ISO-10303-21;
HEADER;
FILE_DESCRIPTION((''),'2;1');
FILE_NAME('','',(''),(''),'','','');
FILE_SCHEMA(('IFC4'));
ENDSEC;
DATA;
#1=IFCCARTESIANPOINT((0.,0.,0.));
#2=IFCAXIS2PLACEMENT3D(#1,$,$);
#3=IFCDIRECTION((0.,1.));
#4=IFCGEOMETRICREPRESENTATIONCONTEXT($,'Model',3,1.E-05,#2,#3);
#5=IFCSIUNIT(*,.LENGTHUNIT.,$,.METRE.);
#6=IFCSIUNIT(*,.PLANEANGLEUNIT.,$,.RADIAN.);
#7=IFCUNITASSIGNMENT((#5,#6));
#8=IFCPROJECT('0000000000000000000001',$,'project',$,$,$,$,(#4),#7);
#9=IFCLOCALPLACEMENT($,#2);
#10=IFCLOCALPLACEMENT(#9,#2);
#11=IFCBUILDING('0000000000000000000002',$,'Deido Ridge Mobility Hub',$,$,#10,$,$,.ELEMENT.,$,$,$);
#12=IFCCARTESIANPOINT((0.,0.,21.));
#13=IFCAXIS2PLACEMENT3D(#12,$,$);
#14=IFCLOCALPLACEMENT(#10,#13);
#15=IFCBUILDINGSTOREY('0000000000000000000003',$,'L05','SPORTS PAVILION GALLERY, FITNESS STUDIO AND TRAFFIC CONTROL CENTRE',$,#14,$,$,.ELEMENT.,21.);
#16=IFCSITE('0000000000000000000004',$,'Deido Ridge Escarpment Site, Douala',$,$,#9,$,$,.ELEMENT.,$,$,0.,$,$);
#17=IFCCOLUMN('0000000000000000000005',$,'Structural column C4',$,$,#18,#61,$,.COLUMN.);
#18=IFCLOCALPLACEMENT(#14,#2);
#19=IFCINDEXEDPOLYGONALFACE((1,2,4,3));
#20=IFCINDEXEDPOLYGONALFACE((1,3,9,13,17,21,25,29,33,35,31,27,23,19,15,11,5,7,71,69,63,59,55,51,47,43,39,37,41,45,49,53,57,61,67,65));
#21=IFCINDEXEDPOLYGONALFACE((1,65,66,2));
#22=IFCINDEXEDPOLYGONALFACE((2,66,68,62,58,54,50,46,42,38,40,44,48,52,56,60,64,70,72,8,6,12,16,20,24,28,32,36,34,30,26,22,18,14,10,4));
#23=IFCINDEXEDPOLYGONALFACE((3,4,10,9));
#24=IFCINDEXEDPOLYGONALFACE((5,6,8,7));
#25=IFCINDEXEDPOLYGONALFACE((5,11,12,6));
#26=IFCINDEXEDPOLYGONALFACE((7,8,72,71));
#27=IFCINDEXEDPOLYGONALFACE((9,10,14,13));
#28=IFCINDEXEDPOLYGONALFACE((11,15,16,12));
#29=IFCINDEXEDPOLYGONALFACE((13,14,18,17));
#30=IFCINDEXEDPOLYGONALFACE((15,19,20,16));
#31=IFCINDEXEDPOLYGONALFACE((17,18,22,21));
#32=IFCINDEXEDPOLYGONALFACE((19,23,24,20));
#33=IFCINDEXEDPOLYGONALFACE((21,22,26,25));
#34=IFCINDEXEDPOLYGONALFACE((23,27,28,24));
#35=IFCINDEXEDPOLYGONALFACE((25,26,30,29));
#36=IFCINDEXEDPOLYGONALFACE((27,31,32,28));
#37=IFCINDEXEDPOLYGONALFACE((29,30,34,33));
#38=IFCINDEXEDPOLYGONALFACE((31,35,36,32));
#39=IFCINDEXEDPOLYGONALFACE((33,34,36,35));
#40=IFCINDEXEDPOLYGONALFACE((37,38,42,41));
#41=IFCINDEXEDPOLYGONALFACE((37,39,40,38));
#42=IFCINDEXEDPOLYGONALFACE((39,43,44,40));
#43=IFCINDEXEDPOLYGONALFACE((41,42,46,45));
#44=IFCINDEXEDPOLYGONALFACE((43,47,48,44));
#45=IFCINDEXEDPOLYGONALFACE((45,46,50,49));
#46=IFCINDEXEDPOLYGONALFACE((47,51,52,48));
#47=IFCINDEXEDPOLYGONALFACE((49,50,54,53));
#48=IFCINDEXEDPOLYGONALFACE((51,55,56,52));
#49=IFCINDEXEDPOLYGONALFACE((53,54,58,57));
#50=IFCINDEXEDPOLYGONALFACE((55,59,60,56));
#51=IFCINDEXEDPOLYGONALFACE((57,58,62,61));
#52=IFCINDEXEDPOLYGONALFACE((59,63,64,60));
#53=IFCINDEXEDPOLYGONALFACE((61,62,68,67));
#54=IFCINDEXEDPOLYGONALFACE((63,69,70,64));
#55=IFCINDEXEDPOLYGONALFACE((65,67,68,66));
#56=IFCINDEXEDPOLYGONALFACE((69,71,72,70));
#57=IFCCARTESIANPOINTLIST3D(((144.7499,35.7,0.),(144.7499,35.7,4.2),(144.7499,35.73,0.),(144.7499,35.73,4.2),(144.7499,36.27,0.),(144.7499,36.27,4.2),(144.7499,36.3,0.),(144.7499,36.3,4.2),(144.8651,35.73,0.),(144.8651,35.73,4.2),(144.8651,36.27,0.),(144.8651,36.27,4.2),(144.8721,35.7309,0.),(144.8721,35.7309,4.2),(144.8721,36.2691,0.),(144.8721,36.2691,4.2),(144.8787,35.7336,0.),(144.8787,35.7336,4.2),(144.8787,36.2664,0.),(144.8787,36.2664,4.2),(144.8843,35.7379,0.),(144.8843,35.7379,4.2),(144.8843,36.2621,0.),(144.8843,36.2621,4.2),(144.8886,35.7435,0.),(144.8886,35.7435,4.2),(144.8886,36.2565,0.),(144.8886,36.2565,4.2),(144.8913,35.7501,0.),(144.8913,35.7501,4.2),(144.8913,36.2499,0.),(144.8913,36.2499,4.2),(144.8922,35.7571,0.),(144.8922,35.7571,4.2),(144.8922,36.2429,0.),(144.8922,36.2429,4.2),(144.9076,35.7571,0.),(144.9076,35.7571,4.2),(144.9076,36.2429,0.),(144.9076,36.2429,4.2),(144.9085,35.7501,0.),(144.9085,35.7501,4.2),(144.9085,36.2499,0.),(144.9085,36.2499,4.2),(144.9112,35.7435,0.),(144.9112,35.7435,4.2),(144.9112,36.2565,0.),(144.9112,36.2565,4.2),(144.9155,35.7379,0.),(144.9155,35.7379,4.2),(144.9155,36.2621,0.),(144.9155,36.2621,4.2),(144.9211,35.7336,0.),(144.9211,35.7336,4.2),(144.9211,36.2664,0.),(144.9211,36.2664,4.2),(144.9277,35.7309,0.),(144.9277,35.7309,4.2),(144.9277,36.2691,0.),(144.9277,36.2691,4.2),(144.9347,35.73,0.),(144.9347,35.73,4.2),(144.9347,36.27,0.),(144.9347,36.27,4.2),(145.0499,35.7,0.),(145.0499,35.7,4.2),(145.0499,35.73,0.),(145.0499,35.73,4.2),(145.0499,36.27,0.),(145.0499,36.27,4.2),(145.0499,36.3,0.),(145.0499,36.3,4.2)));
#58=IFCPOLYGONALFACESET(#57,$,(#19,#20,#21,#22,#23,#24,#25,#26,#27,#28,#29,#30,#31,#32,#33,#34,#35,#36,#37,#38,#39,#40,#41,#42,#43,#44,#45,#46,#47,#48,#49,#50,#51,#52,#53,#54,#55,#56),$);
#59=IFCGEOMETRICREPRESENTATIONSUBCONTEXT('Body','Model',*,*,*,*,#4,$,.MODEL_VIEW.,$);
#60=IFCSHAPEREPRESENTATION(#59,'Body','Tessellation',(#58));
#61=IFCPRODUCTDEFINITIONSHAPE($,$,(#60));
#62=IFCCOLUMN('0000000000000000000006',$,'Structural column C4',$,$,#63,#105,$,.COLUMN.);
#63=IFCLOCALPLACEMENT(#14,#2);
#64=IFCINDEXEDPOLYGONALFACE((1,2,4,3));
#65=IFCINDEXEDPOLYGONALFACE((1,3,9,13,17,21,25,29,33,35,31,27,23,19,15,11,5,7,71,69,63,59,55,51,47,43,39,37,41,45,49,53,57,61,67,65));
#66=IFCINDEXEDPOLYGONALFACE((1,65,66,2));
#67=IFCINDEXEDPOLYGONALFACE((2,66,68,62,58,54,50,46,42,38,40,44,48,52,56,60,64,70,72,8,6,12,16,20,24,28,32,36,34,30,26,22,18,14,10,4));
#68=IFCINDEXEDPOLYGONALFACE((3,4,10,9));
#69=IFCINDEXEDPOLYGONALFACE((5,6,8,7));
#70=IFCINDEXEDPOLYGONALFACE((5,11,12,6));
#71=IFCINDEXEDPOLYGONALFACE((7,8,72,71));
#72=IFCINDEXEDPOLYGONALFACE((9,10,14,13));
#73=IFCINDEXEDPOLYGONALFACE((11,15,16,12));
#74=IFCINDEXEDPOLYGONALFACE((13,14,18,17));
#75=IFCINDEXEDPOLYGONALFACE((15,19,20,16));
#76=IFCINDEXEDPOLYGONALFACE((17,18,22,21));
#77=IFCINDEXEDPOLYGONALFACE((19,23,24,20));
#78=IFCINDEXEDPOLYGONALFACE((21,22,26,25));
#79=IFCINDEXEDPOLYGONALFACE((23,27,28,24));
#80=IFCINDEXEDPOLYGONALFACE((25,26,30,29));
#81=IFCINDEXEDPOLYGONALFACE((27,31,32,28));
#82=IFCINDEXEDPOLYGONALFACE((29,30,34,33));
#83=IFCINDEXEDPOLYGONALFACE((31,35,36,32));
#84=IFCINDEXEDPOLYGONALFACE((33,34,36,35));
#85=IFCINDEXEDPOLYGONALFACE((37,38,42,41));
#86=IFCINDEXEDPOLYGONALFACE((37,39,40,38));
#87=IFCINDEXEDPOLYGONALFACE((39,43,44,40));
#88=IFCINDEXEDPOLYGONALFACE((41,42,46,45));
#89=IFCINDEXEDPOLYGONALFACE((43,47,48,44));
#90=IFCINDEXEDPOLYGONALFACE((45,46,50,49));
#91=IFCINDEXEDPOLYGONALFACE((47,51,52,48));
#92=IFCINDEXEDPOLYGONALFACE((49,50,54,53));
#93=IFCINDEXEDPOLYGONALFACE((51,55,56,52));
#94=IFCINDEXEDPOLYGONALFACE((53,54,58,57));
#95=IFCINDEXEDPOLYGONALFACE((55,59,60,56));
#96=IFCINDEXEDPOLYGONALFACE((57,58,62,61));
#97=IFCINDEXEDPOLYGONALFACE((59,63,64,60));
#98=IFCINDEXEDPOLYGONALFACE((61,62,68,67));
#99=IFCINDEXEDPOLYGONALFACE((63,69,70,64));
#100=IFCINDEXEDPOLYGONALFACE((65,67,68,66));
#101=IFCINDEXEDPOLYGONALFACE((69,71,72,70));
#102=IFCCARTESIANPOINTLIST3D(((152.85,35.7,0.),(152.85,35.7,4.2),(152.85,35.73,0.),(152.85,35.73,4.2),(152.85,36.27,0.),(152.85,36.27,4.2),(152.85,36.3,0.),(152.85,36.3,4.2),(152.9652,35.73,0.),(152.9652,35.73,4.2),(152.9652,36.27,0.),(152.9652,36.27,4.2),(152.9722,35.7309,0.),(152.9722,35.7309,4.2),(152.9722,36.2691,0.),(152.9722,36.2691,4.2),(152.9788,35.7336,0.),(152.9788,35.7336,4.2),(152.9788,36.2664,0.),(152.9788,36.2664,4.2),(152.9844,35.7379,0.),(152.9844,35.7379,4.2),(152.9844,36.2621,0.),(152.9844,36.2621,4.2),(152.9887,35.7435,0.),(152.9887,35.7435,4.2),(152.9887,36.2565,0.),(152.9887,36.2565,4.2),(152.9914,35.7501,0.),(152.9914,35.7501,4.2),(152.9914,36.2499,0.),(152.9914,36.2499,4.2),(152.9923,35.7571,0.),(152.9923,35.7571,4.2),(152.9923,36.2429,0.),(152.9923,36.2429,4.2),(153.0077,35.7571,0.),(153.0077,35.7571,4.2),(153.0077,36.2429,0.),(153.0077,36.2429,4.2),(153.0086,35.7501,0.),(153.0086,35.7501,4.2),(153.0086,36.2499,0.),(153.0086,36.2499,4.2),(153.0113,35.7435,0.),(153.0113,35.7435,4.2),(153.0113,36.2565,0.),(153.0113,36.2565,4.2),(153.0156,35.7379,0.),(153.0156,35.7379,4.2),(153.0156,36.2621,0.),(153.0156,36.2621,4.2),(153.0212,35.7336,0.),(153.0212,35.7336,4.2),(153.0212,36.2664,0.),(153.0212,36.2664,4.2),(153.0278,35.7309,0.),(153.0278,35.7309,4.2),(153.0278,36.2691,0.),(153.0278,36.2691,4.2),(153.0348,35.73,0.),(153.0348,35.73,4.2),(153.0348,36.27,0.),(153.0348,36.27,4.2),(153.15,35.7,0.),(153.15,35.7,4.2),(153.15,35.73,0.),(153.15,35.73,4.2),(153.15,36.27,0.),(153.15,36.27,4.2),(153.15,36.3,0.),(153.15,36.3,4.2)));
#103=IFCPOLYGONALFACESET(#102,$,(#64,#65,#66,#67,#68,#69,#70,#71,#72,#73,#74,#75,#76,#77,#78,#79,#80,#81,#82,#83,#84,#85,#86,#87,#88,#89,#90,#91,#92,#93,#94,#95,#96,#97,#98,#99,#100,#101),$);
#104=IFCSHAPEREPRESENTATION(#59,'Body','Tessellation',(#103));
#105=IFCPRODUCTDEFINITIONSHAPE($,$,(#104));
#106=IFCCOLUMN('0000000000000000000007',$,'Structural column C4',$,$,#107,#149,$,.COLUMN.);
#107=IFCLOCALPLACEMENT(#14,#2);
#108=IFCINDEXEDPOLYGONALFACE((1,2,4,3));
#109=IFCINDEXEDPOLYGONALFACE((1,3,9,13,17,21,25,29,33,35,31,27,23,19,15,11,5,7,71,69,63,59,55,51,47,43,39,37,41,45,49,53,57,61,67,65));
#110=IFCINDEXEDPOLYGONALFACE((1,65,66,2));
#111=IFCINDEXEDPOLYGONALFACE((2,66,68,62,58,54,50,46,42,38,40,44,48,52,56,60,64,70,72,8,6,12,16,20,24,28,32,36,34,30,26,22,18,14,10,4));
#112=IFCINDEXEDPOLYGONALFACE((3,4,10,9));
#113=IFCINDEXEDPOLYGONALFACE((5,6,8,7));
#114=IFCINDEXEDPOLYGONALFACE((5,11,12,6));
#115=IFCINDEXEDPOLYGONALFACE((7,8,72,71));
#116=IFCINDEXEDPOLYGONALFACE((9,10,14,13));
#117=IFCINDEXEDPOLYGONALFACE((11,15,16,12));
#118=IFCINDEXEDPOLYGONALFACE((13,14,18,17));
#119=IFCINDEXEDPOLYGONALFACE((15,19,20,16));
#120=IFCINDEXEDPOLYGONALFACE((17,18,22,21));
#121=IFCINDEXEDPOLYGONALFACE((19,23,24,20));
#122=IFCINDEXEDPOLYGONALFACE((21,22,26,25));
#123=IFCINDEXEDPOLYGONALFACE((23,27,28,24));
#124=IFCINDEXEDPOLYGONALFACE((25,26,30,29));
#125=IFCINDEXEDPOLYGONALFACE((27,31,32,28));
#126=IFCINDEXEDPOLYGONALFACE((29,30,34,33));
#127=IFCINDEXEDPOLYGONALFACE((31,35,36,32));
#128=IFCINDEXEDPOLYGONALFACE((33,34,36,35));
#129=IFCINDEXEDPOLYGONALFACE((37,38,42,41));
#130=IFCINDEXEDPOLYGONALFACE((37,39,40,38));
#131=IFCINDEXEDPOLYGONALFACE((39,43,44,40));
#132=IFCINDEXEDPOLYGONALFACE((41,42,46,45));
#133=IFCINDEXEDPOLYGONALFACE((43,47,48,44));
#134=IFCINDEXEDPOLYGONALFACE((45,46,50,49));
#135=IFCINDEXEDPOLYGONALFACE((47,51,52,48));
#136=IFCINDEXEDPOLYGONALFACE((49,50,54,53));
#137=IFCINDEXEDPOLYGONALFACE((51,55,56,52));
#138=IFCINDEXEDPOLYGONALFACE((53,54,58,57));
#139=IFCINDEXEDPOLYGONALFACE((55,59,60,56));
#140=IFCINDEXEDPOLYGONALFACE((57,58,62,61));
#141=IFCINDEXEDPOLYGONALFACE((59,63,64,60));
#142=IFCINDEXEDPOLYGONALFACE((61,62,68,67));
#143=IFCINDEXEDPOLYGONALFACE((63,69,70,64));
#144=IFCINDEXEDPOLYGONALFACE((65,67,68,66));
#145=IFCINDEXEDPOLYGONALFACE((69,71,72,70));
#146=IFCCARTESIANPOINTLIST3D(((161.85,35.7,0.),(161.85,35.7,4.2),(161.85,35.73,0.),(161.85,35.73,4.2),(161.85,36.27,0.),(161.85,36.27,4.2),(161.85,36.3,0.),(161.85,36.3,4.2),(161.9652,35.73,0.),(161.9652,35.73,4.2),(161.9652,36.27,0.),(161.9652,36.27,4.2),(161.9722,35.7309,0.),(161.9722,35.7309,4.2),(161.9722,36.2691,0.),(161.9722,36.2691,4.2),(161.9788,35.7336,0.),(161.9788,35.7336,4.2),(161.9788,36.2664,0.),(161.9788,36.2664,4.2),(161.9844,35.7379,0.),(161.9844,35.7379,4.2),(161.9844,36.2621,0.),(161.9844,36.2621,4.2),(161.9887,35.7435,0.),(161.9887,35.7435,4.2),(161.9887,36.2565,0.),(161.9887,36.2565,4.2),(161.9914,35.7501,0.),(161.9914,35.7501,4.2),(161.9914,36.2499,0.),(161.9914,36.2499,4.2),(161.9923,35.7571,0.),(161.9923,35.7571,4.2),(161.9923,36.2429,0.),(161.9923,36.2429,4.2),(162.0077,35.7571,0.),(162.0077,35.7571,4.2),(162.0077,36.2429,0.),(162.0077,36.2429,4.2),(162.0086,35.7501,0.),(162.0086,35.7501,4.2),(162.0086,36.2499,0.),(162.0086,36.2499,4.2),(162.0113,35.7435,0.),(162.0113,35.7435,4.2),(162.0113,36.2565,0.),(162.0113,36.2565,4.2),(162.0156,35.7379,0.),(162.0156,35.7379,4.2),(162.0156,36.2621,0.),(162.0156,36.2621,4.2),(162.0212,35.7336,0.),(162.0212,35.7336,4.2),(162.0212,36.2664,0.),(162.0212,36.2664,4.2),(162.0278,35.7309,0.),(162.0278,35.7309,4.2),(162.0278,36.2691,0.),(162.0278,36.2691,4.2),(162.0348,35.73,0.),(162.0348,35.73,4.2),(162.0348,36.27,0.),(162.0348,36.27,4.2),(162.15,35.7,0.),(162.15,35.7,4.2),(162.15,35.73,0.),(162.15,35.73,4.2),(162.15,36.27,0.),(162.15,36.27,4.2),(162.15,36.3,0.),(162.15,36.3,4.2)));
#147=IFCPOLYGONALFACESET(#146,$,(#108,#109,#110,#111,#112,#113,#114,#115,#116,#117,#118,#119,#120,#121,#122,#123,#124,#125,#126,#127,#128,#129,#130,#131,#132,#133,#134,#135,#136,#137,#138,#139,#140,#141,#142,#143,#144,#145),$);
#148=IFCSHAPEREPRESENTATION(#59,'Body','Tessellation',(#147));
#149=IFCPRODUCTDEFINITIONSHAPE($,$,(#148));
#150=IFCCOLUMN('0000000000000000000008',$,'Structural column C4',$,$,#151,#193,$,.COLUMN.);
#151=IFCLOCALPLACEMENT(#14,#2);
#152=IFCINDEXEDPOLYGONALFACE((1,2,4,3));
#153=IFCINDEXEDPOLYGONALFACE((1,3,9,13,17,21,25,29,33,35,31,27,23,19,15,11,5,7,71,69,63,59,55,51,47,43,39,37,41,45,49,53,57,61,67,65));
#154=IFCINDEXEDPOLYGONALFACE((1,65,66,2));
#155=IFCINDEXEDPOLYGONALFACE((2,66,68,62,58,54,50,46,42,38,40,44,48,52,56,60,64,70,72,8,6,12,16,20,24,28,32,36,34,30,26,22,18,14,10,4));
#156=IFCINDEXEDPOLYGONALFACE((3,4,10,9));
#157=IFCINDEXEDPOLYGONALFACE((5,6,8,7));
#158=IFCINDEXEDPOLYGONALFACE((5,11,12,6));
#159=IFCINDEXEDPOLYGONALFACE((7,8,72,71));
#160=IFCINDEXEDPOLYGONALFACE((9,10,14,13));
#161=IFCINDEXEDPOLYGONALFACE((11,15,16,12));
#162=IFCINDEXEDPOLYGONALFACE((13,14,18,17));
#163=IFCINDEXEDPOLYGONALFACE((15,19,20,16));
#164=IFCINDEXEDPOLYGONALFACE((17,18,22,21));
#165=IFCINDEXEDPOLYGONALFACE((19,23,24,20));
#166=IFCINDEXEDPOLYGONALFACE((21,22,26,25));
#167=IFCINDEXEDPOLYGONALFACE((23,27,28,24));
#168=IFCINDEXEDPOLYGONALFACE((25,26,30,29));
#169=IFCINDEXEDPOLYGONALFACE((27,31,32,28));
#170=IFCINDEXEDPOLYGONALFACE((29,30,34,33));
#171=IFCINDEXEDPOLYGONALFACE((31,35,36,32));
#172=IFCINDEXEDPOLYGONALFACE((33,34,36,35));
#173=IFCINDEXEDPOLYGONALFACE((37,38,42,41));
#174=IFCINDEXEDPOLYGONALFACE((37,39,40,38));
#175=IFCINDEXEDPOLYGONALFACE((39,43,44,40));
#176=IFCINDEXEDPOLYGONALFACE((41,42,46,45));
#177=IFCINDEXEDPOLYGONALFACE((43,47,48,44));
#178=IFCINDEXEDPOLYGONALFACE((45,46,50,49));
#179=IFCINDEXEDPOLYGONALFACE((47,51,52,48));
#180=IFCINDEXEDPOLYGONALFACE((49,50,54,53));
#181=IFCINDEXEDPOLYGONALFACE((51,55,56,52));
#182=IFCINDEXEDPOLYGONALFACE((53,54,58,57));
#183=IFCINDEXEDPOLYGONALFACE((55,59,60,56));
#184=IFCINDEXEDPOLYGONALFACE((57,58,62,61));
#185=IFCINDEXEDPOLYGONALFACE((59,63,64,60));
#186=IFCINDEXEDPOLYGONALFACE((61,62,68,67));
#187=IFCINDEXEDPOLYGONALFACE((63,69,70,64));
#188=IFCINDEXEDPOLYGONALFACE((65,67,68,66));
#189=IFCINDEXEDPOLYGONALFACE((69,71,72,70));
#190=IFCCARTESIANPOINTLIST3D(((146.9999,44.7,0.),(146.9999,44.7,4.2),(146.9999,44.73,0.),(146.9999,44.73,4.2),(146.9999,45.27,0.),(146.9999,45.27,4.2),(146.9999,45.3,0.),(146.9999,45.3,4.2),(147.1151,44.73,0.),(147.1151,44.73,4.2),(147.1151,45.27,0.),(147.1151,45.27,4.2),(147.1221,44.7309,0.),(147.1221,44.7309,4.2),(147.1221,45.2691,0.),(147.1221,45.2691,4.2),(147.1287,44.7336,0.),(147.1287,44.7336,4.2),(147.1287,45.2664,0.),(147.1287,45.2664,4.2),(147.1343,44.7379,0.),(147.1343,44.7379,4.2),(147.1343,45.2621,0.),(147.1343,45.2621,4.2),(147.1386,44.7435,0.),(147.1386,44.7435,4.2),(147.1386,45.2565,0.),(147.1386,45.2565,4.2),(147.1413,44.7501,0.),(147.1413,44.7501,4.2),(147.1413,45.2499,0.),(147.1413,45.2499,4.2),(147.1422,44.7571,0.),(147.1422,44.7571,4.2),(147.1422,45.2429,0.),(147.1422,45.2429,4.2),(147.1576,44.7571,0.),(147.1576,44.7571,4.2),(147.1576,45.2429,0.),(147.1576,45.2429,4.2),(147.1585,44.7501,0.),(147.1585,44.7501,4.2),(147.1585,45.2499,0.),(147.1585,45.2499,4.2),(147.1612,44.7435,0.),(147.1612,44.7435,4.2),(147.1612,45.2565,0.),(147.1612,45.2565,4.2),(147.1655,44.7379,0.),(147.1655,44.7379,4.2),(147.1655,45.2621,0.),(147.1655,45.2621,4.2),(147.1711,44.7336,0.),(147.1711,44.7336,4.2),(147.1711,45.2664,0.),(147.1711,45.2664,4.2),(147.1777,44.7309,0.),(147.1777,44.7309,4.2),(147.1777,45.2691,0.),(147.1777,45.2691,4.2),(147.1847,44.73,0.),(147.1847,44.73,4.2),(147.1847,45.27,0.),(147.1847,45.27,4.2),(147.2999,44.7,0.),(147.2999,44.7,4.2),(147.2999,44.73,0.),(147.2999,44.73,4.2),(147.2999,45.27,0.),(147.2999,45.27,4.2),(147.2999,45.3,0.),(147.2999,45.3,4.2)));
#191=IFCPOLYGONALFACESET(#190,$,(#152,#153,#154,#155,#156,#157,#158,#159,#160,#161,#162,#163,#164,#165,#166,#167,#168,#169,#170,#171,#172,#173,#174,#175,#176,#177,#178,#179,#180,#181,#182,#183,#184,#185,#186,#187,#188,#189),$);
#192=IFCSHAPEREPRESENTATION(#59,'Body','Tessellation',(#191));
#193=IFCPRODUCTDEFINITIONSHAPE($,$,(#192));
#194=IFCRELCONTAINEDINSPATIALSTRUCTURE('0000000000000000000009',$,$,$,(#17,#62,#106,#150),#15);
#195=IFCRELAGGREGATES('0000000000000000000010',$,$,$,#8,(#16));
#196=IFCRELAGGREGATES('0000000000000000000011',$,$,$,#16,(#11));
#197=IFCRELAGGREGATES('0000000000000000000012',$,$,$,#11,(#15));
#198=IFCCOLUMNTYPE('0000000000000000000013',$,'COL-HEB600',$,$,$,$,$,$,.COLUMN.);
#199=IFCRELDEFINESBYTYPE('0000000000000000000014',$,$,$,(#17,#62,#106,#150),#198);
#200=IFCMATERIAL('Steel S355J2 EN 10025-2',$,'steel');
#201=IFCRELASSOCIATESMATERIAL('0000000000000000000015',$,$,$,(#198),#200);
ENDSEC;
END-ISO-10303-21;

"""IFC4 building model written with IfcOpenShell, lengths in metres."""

from ifc_helpers import new_model, si_unit, direction, frame, origin, origin_2d, place, context, subcontext, project, spatial, i_section, extrude, material, material_profile, profile_set, type_object, element, save


model = new_model("IFC4")

# Units and contexts
model_context = context("Model", 3, precision=1e-05, world=origin(), true_north=direction((0.0, 1.0)))
body_context = subcontext(model_context, "Body", "Model", "MODEL_VIEW")
ifc_project = project(units=[si_unit("LENGTHUNIT", "METRE"), si_unit("PLANEANGLEUNIT", "RADIAN")], contexts=[model_context])

# Site, building, storey
site_placement = place(None, origin())
site = spatial("IfcSite", under=ifc_project, at=site_placement, Name="Deido Ridge Escarpment Site, Douala", CompositionType="ELEMENT", RefElevation=0.0)
building_placement = place(site_placement, origin())
building = spatial("IfcBuilding", under=site, at=building_placement, Name="Deido Ridge Mobility Hub", CompositionType="ELEMENT")
storey_placement = place(building_placement, frame((0.0, 0.0, 21.0)))
storey = spatial("IfcBuildingStorey", under=building, at=storey_placement, Name="L05", Description="SPORTS PAVILION GALLERY, FITNESS STUDIO AND TRAFFIC CONTROL CENTRE", CompositionType="ELEMENT", Elevation=21.0)

# Columns
ifc_material_1 = material(Name="Steel S355J2 EN 10025-2", Category="steel")
ifc_material_profile_1 = material_profile(ifc_material_1, i_section(OverallWidth=0.3, OverallDepth=0.6001, WebThickness=0.0154, FlangeThickness=0.03, FilletRadius=0.0271, at=origin_2d()), Name="HEB 600")
ifc_profile_set_1 = profile_set([ifc_material_profile_1], Name="Steel S355J2 EN 10025-2")
column_type = type_object("IfcColumnType", Name="COL-HEB600", PredefinedType="COLUMN", material=ifc_profile_set_1)
for number, where, z_axis, x_axis, name in (
    (1, (144.8999, 36.0, 0.0), (0.0, 0.0, 1.0), (1.0, 0.0, 0.0), "Structural column C4"),
    (2, (153.0, 36.0, 0.0), (0.0, 0.0, 1.0), (1.0, 0.0, 0.0), "Structural column C4"),
    (3, (162.0, 36.0, 0.0), (0.0, 0.0, 1.0), (1.0, 0.0, 0.0), "Structural column C4"),
    (4, (147.1499, 45.0, 0.0), (0.0, 0.0, 1.0), (1.0, 0.0, 0.0), "Structural column C4"),
):
    element("IfcColumn", number, at=place(storey_placement, frame(where, z_axis=z_axis, x_axis=x_axis)), inside=storey, type_object=column_type, Name=name, PredefinedType="COLUMN", context=body_context, shape_type="SweptSolid", body=[
        extrude(i_section(OverallWidth=0.3, OverallDepth=0.6001, WebThickness=0.0154, FlangeThickness=0.03, FilletRadius=0.0271, at=origin_2d()), origin(), (0.0, 0.0, 1.0), 4.2),
    ])

save(model, "model.ifc")
